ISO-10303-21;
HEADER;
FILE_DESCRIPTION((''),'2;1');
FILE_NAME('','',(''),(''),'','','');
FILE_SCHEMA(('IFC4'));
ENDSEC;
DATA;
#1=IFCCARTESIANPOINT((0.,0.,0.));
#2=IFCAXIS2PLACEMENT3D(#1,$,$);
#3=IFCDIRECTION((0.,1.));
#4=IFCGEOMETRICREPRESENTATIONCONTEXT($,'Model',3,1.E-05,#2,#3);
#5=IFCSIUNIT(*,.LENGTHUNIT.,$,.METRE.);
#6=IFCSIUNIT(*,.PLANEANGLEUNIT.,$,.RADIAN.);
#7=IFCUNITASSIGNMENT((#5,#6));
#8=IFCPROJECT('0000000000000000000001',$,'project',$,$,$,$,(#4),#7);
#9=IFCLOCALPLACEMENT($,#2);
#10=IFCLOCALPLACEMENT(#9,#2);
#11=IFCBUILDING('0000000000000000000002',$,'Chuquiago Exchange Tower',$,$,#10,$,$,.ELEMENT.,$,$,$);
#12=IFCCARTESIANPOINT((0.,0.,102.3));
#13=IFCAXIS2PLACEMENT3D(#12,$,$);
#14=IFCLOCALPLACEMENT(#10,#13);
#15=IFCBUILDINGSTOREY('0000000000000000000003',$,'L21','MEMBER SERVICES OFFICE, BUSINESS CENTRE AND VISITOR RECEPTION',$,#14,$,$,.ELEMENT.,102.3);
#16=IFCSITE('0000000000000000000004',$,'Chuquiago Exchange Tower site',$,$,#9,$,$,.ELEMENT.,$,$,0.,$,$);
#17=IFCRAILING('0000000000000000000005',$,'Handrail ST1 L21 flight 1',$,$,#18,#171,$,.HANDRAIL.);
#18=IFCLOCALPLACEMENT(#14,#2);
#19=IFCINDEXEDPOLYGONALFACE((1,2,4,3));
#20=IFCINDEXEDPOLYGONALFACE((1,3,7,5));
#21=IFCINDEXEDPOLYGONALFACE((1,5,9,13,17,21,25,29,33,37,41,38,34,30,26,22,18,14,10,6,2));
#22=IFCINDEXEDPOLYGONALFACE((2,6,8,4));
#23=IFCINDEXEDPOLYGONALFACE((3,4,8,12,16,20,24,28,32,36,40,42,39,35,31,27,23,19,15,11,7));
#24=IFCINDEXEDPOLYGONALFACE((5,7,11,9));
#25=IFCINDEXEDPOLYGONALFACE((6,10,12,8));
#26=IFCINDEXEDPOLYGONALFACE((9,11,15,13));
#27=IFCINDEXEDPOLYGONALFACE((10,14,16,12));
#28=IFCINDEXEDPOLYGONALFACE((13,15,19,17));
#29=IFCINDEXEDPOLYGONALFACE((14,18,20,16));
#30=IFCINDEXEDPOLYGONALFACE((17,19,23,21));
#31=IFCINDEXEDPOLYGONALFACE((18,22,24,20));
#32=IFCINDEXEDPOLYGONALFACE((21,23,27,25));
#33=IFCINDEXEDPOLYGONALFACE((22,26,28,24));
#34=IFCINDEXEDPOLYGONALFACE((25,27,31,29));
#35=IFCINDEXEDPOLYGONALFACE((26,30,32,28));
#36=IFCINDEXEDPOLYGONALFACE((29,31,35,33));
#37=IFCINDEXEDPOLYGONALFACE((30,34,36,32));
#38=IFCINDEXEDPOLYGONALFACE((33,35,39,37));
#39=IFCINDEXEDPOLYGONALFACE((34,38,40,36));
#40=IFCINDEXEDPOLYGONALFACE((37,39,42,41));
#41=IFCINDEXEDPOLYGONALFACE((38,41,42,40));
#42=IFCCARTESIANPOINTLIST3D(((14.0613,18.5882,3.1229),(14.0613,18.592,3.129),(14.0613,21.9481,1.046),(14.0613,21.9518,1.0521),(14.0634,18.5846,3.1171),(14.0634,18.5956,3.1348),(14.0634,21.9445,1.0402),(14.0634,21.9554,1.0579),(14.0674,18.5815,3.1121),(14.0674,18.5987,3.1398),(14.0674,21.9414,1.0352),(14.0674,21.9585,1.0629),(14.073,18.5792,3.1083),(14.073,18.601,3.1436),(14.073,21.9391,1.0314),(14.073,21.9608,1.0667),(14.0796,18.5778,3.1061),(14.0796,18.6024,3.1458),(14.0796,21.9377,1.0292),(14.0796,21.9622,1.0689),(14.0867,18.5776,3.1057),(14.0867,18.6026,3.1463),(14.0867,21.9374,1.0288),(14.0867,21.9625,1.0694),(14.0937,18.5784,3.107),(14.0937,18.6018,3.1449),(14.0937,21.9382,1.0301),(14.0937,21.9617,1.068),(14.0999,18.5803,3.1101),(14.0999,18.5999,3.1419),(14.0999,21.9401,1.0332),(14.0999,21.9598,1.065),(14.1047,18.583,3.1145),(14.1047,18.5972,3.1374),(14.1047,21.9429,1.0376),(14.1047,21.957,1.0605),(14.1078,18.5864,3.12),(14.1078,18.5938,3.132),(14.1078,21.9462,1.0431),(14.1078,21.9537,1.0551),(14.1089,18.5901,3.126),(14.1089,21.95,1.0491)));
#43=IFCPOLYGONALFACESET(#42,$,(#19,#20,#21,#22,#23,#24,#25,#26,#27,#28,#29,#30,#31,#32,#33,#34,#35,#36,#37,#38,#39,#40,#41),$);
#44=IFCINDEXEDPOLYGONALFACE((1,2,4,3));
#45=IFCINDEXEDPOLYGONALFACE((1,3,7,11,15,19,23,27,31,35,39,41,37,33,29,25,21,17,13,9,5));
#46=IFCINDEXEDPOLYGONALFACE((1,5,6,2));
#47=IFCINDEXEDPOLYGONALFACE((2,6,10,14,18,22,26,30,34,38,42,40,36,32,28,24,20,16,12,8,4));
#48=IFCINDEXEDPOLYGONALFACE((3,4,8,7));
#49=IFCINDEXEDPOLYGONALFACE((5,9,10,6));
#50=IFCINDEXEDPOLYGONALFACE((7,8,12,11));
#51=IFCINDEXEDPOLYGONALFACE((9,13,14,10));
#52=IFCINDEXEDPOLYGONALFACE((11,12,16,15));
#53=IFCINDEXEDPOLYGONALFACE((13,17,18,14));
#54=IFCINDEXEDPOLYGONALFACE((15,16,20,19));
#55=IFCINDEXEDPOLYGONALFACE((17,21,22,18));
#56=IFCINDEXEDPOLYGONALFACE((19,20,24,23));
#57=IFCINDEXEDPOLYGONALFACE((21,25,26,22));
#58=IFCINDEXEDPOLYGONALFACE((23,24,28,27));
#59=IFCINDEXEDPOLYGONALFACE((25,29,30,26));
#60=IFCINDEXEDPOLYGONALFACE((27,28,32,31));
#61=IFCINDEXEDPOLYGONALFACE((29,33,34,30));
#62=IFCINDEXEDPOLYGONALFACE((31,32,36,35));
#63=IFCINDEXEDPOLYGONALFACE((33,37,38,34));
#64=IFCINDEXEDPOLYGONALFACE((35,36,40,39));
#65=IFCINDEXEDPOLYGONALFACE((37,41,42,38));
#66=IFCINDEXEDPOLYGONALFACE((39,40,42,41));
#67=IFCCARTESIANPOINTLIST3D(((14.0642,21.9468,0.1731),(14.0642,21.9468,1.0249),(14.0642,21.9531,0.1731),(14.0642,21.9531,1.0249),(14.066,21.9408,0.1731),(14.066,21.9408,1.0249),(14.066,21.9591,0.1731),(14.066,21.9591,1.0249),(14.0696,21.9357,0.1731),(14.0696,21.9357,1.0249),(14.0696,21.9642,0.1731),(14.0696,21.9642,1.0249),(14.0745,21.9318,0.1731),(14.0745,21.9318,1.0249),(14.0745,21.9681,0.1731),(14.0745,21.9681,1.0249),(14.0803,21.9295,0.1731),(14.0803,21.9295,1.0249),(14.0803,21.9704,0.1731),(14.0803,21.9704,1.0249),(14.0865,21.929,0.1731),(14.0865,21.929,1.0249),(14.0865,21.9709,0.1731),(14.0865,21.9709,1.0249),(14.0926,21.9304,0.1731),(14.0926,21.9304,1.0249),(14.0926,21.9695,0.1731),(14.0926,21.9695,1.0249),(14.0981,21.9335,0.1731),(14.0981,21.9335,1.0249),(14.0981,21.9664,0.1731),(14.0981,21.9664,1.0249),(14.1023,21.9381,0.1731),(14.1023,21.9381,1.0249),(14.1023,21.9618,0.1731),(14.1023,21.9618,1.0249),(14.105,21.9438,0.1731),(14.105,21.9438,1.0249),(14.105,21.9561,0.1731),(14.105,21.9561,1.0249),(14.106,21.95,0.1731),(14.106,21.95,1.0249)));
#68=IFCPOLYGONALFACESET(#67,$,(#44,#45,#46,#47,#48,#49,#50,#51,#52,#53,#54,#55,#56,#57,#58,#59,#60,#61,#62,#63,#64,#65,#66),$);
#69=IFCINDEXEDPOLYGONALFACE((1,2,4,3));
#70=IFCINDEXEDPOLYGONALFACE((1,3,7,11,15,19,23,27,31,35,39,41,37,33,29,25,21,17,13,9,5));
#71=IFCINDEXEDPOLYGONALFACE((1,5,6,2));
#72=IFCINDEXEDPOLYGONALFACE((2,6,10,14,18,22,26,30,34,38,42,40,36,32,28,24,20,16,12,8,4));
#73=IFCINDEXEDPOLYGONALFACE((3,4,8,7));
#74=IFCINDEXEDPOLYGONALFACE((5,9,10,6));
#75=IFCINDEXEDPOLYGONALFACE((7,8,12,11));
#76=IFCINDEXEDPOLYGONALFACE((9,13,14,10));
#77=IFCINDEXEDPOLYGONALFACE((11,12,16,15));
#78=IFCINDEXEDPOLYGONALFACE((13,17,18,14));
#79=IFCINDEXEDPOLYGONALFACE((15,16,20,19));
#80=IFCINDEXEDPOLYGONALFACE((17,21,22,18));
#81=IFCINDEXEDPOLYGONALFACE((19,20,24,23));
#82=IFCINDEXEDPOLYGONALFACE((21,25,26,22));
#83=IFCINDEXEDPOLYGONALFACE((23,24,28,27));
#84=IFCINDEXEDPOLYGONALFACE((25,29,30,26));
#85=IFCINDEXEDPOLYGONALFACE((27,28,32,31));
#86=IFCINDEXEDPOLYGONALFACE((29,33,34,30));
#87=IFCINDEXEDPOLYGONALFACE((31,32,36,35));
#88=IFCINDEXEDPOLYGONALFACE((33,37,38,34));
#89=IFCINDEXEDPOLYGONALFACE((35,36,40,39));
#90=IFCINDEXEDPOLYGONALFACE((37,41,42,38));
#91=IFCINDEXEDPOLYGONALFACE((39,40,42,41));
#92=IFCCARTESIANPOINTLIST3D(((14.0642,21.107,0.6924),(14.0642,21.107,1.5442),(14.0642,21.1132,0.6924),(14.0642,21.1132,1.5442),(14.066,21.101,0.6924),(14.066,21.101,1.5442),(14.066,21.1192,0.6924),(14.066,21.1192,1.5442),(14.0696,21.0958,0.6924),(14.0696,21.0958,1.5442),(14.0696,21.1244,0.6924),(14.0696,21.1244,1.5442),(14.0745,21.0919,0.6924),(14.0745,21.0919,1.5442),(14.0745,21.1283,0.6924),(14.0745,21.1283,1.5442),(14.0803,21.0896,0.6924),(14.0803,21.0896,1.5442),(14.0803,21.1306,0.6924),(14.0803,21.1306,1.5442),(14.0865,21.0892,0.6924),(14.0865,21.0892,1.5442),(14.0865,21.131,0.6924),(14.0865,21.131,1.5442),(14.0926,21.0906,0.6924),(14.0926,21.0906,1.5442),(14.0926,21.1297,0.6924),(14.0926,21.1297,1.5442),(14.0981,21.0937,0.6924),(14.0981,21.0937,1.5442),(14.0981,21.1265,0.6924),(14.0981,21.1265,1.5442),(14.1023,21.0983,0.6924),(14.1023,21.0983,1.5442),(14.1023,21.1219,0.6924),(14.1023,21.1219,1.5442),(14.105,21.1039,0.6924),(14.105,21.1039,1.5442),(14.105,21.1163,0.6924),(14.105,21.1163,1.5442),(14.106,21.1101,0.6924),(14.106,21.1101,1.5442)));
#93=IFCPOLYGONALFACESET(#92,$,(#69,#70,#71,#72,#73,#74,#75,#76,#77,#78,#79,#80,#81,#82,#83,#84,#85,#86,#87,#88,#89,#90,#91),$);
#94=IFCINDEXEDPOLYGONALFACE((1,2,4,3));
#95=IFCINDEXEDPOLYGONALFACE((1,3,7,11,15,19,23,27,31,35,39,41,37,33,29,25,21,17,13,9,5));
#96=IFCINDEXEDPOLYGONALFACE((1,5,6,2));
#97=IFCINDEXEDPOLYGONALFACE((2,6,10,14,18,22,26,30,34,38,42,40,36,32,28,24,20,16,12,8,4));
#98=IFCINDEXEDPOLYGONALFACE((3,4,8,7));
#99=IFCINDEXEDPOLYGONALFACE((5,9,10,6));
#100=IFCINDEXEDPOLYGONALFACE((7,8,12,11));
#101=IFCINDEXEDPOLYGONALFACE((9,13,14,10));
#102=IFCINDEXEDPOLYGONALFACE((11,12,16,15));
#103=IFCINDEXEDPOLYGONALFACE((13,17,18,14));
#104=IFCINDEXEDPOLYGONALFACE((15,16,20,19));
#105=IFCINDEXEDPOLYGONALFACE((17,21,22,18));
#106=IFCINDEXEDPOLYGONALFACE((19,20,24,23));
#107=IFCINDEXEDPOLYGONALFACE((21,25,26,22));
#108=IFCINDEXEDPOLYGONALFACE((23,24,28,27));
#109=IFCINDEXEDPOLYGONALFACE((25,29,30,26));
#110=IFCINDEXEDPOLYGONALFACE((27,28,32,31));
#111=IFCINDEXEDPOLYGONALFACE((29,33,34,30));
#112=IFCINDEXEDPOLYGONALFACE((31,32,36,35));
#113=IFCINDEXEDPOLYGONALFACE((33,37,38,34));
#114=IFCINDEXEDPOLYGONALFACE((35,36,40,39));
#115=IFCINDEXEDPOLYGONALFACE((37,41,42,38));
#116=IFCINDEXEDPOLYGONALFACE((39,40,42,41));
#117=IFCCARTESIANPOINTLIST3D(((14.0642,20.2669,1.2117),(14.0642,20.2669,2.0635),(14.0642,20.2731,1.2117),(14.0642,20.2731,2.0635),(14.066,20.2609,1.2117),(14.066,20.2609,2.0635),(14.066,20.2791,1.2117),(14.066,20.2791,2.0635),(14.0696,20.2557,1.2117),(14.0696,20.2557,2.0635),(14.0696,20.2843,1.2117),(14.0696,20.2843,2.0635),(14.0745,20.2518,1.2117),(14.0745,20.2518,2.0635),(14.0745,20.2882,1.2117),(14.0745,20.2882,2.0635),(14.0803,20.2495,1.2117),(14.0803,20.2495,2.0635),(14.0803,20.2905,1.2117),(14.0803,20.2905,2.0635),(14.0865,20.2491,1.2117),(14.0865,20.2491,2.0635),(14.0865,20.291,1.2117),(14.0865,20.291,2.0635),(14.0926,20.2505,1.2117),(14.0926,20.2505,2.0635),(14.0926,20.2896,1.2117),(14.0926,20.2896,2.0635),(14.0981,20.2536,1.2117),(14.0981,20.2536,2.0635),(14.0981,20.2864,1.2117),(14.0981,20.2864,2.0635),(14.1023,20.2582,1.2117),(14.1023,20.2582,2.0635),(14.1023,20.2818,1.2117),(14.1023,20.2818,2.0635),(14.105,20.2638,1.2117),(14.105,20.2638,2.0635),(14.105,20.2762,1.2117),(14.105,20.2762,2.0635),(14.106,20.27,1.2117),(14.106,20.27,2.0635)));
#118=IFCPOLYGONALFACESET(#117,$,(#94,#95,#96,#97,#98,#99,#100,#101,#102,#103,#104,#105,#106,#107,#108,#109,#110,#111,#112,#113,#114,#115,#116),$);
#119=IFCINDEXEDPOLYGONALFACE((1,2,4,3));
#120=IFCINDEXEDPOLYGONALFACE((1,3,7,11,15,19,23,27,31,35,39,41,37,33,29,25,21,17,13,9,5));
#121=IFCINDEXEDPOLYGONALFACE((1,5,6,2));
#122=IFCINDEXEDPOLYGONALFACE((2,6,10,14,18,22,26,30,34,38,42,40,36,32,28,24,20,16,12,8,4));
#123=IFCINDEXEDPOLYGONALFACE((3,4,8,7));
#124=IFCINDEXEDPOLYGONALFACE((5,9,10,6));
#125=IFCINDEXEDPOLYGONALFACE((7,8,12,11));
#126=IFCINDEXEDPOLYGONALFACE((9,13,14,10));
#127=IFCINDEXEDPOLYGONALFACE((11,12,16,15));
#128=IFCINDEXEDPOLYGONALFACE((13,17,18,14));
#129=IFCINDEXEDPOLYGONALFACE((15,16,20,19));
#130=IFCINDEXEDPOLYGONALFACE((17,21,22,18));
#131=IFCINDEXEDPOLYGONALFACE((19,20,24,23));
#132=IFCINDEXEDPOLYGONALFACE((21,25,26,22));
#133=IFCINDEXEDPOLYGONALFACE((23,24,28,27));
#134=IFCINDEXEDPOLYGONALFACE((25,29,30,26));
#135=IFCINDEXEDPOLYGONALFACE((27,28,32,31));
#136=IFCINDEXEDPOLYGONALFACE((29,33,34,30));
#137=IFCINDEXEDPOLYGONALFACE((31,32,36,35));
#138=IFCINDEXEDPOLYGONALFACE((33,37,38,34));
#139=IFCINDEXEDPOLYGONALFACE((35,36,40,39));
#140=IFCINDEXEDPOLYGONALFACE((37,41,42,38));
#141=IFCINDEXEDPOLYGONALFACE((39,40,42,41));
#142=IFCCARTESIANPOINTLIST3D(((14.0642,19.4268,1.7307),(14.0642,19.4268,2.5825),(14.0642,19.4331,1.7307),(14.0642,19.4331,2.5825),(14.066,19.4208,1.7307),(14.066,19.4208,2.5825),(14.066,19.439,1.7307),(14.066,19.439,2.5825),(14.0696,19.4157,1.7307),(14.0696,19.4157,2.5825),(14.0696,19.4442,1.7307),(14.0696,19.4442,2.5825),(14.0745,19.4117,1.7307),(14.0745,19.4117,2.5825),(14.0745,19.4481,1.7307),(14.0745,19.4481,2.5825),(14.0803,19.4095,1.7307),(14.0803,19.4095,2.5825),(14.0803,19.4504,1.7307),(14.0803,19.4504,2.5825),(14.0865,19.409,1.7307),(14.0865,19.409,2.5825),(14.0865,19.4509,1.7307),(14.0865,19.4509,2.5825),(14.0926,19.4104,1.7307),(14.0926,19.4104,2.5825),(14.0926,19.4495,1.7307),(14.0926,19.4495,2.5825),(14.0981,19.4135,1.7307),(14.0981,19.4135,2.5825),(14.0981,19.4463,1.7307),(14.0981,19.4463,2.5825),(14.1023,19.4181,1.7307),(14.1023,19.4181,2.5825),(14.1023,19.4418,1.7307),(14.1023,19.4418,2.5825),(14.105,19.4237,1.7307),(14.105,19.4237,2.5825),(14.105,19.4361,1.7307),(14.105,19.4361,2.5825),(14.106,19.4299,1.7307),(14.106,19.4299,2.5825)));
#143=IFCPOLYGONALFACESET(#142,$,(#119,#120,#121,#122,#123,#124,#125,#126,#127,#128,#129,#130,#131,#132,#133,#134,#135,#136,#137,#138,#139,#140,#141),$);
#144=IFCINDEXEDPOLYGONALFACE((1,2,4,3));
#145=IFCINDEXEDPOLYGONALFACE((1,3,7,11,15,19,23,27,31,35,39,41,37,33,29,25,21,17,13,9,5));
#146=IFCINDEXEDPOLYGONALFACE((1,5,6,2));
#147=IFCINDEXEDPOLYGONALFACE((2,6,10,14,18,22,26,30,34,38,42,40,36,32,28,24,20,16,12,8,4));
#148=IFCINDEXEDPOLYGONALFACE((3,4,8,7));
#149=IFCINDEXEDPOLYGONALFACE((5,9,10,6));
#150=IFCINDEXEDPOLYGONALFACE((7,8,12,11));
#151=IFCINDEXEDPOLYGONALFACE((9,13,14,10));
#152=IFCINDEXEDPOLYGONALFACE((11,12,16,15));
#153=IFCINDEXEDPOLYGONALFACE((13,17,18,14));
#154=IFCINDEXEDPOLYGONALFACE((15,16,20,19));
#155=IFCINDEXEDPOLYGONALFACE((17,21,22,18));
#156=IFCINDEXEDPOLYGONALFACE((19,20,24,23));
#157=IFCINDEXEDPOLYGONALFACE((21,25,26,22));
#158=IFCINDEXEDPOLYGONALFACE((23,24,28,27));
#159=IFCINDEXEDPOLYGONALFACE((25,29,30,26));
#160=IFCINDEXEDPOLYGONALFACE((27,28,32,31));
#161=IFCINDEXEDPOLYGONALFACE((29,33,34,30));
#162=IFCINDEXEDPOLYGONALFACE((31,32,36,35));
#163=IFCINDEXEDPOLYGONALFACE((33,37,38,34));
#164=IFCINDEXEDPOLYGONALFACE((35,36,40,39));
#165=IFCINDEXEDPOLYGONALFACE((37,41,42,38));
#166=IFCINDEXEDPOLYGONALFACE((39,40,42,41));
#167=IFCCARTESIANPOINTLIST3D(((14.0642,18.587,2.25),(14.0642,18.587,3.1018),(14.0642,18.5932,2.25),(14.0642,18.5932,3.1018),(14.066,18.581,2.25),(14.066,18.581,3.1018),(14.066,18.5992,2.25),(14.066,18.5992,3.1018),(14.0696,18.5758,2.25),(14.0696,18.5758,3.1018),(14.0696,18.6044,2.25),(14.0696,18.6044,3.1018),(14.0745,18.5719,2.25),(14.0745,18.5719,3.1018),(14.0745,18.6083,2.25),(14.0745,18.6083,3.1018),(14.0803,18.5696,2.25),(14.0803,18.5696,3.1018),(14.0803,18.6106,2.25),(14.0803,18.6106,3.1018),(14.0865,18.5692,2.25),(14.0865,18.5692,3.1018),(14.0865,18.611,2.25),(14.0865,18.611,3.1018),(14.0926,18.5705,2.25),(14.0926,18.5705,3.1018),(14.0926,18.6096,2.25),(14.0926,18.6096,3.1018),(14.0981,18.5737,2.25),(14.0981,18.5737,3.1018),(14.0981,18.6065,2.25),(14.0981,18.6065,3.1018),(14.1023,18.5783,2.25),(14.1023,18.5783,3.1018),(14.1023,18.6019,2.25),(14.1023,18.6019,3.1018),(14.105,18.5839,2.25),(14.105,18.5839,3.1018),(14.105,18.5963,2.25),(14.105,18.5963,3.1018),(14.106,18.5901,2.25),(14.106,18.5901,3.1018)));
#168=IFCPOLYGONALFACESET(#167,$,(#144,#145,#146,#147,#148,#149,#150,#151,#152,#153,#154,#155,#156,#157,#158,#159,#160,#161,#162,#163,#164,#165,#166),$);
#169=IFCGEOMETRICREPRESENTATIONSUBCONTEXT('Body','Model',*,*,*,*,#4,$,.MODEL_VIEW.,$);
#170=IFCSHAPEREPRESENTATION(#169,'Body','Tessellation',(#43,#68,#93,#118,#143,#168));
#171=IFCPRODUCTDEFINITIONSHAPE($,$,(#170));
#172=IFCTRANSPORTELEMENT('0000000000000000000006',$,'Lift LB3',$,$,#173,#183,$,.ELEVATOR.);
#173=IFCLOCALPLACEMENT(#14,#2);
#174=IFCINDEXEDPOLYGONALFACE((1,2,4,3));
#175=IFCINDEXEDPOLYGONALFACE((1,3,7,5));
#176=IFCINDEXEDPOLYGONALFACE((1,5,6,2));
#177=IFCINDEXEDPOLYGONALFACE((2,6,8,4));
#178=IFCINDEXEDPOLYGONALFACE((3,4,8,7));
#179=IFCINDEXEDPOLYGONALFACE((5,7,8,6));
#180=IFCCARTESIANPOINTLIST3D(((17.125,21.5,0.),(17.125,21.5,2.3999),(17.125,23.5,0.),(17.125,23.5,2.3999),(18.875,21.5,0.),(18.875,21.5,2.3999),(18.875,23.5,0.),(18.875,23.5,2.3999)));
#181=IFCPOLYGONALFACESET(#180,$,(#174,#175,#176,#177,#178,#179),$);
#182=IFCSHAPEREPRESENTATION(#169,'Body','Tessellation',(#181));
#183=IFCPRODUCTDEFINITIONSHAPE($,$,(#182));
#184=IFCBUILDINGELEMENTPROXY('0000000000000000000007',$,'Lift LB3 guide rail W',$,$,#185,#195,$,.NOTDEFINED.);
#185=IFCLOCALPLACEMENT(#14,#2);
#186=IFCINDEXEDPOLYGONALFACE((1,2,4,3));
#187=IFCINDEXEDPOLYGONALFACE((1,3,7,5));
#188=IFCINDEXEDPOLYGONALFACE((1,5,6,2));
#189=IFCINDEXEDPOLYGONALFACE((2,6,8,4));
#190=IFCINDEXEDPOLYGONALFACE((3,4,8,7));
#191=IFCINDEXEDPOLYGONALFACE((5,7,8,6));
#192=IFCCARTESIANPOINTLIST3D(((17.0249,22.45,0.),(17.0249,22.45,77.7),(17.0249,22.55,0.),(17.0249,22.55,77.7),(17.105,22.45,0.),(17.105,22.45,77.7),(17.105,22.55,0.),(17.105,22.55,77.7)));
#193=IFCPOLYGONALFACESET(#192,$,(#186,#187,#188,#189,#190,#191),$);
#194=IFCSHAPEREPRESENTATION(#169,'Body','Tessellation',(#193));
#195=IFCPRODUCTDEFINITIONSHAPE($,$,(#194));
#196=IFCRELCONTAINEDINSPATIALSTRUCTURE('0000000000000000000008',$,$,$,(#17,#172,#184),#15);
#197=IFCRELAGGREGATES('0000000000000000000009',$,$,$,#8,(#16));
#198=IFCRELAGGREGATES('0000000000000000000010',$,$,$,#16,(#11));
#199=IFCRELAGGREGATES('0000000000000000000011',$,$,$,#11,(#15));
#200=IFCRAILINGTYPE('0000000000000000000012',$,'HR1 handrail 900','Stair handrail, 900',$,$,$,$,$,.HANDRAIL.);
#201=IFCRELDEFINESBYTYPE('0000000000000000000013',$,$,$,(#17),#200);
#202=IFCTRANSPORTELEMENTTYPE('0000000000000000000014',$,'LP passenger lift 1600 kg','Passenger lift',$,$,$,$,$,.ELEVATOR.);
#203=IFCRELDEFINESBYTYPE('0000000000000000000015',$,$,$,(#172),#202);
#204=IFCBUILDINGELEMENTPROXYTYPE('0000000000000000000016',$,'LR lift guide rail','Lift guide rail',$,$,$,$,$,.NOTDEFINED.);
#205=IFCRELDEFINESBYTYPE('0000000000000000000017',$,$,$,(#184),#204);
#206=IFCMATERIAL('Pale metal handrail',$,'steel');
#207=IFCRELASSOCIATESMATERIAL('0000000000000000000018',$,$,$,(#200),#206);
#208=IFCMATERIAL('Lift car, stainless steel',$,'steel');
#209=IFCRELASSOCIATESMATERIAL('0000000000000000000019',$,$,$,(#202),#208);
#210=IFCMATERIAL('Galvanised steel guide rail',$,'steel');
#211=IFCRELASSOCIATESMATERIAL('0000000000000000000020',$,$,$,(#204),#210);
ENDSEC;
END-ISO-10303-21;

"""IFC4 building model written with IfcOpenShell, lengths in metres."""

from ifc_helpers import new_model, si_unit, direction, frame, origin, origin_2d, place, context, subcontext, project, spatial, rectangle, circle, extrude, material, type_object, element, save


model = new_model("IFC4")

# Units and contexts
model_context = context("Model", 3, precision=1e-05, world=origin(), true_north=direction((0.0, 1.0)))
body_context = subcontext(model_context, "Body", "Model", "MODEL_VIEW")
ifc_project = project(units=[si_unit("LENGTHUNIT", "METRE"), si_unit("PLANEANGLEUNIT", "RADIAN")], contexts=[model_context])

# Site, building, storey
site_placement = place(None, origin())
site = spatial("IfcSite", under=ifc_project, at=site_placement, Name="Chuquiago Exchange Tower site", CompositionType="ELEMENT", RefElevation=0.0)
building_placement = place(site_placement, origin())
building = spatial("IfcBuilding", under=site, at=building_placement, Name="Chuquiago Exchange Tower", CompositionType="ELEMENT")
storey_placement = place(building_placement, frame((0.0, 0.0, 102.3)))
storey = spatial("IfcBuildingStorey", under=building, at=storey_placement, Name="L21", Description="MEMBER SERVICES OFFICE, BUSINESS CENTRE AND VISITOR RECEPTION", CompositionType="ELEMENT", Elevation=102.3)

# Railing
ifc_material_1 = material(Name="Pale metal handrail", Category="steel")
railing_type = type_object("IfcRailingType", Name="HR1 handrail 900", Description="Stair handrail, 900", PredefinedType="HANDRAIL", material=ifc_material_1)
for number, where, name in (
    (1, (14.085, 21.95, 0.1731), "Handrail ST1 L21 flight 1"),
):
    element("IfcRailing", number, at=place(storey_placement, frame(where)), inside=storey, type_object=railing_type, Name=name, PredefinedType="HANDRAIL", context=body_context, shape_type="SweptSolid", body=[
        extrude(circle(Radius=0.0239, at=origin_2d()), frame((0.0, 0.0, 0.876), z_axis=(0.0, -0.850606, 0.525803), x_axis=(1.0, 0.0, 0.0)), (0.0, 0.0, 1.0), 3.95),
        extrude(circle(Radius=0.021, at=origin_2d()), origin(), (0.0, 0.0, 1.0), 0.8518),
        extrude(circle(Radius=0.021, at=origin_2d()), frame((0.0, -0.8398, 0.5193)), (0.0, 0.0, 1.0), 0.8518),
        extrude(circle(Radius=0.021, at=origin_2d()), frame((0.0, -1.6799, 1.0386)), (0.0, 0.0, 1.0), 0.8518),
        extrude(circle(Radius=0.021, at=origin_2d()), frame((0.0, -2.52, 1.5576)), (0.0, 0.0, 1.0), 0.8518),
        extrude(circle(Radius=0.021, at=origin_2d()), frame((0.0, -3.3599, 2.0769)), (0.0, 0.0, 1.0), 0.8518),
    ])

# Transport element
ifc_material_2 = material(Name="Lift car, stainless steel", Category="steel")
transport_element_type = type_object("IfcTransportElementType", Name="LP passenger lift 1600 kg", Description="Passenger lift", PredefinedType="ELEVATOR", material=ifc_material_2)
transport_element_placement = place(storey_placement, frame((18.0, 22.5, 0.0), z_axis=(0.0, 0.0, 1.0), x_axis=(1.0, 0.0, 0.0)))
element("IfcTransportElement", 2, at=transport_element_placement, inside=storey, type_object=transport_element_type, Name="Lift LB3", PredefinedType="ELEVATOR", context=body_context, shape_type="SweptSolid", body=[
    extrude(rectangle(XDim=1.75, YDim=2.0, at=origin_2d()), origin(), (0.0, 0.0, 1.0), 2.3999),
])

# Building element proxy
ifc_material_3 = material(Name="Galvanised steel guide rail", Category="steel")
building_element_proxy_type = type_object("IfcBuildingElementProxyType", Name="LR lift guide rail", Description="Lift guide rail", PredefinedType="NOTDEFINED", material=ifc_material_3)
proxy_placement = place(storey_placement, frame((17.0649, 22.5, 0.0), z_axis=(0.0, 0.0, 1.0), x_axis=(1.0, 0.0, 0.0)))
element("IfcBuildingElementProxy", 3, at=proxy_placement, inside=storey, type_object=building_element_proxy_type, Name="Lift LB3 guide rail W", PredefinedType="NOTDEFINED", context=body_context, shape_type="SweptSolid", body=[
    extrude(rectangle(XDim=0.0801, YDim=0.1001, at=origin_2d()), origin(), (0.0, 0.0, 1.0), 77.7),
])

save(model, "model.ifc")
